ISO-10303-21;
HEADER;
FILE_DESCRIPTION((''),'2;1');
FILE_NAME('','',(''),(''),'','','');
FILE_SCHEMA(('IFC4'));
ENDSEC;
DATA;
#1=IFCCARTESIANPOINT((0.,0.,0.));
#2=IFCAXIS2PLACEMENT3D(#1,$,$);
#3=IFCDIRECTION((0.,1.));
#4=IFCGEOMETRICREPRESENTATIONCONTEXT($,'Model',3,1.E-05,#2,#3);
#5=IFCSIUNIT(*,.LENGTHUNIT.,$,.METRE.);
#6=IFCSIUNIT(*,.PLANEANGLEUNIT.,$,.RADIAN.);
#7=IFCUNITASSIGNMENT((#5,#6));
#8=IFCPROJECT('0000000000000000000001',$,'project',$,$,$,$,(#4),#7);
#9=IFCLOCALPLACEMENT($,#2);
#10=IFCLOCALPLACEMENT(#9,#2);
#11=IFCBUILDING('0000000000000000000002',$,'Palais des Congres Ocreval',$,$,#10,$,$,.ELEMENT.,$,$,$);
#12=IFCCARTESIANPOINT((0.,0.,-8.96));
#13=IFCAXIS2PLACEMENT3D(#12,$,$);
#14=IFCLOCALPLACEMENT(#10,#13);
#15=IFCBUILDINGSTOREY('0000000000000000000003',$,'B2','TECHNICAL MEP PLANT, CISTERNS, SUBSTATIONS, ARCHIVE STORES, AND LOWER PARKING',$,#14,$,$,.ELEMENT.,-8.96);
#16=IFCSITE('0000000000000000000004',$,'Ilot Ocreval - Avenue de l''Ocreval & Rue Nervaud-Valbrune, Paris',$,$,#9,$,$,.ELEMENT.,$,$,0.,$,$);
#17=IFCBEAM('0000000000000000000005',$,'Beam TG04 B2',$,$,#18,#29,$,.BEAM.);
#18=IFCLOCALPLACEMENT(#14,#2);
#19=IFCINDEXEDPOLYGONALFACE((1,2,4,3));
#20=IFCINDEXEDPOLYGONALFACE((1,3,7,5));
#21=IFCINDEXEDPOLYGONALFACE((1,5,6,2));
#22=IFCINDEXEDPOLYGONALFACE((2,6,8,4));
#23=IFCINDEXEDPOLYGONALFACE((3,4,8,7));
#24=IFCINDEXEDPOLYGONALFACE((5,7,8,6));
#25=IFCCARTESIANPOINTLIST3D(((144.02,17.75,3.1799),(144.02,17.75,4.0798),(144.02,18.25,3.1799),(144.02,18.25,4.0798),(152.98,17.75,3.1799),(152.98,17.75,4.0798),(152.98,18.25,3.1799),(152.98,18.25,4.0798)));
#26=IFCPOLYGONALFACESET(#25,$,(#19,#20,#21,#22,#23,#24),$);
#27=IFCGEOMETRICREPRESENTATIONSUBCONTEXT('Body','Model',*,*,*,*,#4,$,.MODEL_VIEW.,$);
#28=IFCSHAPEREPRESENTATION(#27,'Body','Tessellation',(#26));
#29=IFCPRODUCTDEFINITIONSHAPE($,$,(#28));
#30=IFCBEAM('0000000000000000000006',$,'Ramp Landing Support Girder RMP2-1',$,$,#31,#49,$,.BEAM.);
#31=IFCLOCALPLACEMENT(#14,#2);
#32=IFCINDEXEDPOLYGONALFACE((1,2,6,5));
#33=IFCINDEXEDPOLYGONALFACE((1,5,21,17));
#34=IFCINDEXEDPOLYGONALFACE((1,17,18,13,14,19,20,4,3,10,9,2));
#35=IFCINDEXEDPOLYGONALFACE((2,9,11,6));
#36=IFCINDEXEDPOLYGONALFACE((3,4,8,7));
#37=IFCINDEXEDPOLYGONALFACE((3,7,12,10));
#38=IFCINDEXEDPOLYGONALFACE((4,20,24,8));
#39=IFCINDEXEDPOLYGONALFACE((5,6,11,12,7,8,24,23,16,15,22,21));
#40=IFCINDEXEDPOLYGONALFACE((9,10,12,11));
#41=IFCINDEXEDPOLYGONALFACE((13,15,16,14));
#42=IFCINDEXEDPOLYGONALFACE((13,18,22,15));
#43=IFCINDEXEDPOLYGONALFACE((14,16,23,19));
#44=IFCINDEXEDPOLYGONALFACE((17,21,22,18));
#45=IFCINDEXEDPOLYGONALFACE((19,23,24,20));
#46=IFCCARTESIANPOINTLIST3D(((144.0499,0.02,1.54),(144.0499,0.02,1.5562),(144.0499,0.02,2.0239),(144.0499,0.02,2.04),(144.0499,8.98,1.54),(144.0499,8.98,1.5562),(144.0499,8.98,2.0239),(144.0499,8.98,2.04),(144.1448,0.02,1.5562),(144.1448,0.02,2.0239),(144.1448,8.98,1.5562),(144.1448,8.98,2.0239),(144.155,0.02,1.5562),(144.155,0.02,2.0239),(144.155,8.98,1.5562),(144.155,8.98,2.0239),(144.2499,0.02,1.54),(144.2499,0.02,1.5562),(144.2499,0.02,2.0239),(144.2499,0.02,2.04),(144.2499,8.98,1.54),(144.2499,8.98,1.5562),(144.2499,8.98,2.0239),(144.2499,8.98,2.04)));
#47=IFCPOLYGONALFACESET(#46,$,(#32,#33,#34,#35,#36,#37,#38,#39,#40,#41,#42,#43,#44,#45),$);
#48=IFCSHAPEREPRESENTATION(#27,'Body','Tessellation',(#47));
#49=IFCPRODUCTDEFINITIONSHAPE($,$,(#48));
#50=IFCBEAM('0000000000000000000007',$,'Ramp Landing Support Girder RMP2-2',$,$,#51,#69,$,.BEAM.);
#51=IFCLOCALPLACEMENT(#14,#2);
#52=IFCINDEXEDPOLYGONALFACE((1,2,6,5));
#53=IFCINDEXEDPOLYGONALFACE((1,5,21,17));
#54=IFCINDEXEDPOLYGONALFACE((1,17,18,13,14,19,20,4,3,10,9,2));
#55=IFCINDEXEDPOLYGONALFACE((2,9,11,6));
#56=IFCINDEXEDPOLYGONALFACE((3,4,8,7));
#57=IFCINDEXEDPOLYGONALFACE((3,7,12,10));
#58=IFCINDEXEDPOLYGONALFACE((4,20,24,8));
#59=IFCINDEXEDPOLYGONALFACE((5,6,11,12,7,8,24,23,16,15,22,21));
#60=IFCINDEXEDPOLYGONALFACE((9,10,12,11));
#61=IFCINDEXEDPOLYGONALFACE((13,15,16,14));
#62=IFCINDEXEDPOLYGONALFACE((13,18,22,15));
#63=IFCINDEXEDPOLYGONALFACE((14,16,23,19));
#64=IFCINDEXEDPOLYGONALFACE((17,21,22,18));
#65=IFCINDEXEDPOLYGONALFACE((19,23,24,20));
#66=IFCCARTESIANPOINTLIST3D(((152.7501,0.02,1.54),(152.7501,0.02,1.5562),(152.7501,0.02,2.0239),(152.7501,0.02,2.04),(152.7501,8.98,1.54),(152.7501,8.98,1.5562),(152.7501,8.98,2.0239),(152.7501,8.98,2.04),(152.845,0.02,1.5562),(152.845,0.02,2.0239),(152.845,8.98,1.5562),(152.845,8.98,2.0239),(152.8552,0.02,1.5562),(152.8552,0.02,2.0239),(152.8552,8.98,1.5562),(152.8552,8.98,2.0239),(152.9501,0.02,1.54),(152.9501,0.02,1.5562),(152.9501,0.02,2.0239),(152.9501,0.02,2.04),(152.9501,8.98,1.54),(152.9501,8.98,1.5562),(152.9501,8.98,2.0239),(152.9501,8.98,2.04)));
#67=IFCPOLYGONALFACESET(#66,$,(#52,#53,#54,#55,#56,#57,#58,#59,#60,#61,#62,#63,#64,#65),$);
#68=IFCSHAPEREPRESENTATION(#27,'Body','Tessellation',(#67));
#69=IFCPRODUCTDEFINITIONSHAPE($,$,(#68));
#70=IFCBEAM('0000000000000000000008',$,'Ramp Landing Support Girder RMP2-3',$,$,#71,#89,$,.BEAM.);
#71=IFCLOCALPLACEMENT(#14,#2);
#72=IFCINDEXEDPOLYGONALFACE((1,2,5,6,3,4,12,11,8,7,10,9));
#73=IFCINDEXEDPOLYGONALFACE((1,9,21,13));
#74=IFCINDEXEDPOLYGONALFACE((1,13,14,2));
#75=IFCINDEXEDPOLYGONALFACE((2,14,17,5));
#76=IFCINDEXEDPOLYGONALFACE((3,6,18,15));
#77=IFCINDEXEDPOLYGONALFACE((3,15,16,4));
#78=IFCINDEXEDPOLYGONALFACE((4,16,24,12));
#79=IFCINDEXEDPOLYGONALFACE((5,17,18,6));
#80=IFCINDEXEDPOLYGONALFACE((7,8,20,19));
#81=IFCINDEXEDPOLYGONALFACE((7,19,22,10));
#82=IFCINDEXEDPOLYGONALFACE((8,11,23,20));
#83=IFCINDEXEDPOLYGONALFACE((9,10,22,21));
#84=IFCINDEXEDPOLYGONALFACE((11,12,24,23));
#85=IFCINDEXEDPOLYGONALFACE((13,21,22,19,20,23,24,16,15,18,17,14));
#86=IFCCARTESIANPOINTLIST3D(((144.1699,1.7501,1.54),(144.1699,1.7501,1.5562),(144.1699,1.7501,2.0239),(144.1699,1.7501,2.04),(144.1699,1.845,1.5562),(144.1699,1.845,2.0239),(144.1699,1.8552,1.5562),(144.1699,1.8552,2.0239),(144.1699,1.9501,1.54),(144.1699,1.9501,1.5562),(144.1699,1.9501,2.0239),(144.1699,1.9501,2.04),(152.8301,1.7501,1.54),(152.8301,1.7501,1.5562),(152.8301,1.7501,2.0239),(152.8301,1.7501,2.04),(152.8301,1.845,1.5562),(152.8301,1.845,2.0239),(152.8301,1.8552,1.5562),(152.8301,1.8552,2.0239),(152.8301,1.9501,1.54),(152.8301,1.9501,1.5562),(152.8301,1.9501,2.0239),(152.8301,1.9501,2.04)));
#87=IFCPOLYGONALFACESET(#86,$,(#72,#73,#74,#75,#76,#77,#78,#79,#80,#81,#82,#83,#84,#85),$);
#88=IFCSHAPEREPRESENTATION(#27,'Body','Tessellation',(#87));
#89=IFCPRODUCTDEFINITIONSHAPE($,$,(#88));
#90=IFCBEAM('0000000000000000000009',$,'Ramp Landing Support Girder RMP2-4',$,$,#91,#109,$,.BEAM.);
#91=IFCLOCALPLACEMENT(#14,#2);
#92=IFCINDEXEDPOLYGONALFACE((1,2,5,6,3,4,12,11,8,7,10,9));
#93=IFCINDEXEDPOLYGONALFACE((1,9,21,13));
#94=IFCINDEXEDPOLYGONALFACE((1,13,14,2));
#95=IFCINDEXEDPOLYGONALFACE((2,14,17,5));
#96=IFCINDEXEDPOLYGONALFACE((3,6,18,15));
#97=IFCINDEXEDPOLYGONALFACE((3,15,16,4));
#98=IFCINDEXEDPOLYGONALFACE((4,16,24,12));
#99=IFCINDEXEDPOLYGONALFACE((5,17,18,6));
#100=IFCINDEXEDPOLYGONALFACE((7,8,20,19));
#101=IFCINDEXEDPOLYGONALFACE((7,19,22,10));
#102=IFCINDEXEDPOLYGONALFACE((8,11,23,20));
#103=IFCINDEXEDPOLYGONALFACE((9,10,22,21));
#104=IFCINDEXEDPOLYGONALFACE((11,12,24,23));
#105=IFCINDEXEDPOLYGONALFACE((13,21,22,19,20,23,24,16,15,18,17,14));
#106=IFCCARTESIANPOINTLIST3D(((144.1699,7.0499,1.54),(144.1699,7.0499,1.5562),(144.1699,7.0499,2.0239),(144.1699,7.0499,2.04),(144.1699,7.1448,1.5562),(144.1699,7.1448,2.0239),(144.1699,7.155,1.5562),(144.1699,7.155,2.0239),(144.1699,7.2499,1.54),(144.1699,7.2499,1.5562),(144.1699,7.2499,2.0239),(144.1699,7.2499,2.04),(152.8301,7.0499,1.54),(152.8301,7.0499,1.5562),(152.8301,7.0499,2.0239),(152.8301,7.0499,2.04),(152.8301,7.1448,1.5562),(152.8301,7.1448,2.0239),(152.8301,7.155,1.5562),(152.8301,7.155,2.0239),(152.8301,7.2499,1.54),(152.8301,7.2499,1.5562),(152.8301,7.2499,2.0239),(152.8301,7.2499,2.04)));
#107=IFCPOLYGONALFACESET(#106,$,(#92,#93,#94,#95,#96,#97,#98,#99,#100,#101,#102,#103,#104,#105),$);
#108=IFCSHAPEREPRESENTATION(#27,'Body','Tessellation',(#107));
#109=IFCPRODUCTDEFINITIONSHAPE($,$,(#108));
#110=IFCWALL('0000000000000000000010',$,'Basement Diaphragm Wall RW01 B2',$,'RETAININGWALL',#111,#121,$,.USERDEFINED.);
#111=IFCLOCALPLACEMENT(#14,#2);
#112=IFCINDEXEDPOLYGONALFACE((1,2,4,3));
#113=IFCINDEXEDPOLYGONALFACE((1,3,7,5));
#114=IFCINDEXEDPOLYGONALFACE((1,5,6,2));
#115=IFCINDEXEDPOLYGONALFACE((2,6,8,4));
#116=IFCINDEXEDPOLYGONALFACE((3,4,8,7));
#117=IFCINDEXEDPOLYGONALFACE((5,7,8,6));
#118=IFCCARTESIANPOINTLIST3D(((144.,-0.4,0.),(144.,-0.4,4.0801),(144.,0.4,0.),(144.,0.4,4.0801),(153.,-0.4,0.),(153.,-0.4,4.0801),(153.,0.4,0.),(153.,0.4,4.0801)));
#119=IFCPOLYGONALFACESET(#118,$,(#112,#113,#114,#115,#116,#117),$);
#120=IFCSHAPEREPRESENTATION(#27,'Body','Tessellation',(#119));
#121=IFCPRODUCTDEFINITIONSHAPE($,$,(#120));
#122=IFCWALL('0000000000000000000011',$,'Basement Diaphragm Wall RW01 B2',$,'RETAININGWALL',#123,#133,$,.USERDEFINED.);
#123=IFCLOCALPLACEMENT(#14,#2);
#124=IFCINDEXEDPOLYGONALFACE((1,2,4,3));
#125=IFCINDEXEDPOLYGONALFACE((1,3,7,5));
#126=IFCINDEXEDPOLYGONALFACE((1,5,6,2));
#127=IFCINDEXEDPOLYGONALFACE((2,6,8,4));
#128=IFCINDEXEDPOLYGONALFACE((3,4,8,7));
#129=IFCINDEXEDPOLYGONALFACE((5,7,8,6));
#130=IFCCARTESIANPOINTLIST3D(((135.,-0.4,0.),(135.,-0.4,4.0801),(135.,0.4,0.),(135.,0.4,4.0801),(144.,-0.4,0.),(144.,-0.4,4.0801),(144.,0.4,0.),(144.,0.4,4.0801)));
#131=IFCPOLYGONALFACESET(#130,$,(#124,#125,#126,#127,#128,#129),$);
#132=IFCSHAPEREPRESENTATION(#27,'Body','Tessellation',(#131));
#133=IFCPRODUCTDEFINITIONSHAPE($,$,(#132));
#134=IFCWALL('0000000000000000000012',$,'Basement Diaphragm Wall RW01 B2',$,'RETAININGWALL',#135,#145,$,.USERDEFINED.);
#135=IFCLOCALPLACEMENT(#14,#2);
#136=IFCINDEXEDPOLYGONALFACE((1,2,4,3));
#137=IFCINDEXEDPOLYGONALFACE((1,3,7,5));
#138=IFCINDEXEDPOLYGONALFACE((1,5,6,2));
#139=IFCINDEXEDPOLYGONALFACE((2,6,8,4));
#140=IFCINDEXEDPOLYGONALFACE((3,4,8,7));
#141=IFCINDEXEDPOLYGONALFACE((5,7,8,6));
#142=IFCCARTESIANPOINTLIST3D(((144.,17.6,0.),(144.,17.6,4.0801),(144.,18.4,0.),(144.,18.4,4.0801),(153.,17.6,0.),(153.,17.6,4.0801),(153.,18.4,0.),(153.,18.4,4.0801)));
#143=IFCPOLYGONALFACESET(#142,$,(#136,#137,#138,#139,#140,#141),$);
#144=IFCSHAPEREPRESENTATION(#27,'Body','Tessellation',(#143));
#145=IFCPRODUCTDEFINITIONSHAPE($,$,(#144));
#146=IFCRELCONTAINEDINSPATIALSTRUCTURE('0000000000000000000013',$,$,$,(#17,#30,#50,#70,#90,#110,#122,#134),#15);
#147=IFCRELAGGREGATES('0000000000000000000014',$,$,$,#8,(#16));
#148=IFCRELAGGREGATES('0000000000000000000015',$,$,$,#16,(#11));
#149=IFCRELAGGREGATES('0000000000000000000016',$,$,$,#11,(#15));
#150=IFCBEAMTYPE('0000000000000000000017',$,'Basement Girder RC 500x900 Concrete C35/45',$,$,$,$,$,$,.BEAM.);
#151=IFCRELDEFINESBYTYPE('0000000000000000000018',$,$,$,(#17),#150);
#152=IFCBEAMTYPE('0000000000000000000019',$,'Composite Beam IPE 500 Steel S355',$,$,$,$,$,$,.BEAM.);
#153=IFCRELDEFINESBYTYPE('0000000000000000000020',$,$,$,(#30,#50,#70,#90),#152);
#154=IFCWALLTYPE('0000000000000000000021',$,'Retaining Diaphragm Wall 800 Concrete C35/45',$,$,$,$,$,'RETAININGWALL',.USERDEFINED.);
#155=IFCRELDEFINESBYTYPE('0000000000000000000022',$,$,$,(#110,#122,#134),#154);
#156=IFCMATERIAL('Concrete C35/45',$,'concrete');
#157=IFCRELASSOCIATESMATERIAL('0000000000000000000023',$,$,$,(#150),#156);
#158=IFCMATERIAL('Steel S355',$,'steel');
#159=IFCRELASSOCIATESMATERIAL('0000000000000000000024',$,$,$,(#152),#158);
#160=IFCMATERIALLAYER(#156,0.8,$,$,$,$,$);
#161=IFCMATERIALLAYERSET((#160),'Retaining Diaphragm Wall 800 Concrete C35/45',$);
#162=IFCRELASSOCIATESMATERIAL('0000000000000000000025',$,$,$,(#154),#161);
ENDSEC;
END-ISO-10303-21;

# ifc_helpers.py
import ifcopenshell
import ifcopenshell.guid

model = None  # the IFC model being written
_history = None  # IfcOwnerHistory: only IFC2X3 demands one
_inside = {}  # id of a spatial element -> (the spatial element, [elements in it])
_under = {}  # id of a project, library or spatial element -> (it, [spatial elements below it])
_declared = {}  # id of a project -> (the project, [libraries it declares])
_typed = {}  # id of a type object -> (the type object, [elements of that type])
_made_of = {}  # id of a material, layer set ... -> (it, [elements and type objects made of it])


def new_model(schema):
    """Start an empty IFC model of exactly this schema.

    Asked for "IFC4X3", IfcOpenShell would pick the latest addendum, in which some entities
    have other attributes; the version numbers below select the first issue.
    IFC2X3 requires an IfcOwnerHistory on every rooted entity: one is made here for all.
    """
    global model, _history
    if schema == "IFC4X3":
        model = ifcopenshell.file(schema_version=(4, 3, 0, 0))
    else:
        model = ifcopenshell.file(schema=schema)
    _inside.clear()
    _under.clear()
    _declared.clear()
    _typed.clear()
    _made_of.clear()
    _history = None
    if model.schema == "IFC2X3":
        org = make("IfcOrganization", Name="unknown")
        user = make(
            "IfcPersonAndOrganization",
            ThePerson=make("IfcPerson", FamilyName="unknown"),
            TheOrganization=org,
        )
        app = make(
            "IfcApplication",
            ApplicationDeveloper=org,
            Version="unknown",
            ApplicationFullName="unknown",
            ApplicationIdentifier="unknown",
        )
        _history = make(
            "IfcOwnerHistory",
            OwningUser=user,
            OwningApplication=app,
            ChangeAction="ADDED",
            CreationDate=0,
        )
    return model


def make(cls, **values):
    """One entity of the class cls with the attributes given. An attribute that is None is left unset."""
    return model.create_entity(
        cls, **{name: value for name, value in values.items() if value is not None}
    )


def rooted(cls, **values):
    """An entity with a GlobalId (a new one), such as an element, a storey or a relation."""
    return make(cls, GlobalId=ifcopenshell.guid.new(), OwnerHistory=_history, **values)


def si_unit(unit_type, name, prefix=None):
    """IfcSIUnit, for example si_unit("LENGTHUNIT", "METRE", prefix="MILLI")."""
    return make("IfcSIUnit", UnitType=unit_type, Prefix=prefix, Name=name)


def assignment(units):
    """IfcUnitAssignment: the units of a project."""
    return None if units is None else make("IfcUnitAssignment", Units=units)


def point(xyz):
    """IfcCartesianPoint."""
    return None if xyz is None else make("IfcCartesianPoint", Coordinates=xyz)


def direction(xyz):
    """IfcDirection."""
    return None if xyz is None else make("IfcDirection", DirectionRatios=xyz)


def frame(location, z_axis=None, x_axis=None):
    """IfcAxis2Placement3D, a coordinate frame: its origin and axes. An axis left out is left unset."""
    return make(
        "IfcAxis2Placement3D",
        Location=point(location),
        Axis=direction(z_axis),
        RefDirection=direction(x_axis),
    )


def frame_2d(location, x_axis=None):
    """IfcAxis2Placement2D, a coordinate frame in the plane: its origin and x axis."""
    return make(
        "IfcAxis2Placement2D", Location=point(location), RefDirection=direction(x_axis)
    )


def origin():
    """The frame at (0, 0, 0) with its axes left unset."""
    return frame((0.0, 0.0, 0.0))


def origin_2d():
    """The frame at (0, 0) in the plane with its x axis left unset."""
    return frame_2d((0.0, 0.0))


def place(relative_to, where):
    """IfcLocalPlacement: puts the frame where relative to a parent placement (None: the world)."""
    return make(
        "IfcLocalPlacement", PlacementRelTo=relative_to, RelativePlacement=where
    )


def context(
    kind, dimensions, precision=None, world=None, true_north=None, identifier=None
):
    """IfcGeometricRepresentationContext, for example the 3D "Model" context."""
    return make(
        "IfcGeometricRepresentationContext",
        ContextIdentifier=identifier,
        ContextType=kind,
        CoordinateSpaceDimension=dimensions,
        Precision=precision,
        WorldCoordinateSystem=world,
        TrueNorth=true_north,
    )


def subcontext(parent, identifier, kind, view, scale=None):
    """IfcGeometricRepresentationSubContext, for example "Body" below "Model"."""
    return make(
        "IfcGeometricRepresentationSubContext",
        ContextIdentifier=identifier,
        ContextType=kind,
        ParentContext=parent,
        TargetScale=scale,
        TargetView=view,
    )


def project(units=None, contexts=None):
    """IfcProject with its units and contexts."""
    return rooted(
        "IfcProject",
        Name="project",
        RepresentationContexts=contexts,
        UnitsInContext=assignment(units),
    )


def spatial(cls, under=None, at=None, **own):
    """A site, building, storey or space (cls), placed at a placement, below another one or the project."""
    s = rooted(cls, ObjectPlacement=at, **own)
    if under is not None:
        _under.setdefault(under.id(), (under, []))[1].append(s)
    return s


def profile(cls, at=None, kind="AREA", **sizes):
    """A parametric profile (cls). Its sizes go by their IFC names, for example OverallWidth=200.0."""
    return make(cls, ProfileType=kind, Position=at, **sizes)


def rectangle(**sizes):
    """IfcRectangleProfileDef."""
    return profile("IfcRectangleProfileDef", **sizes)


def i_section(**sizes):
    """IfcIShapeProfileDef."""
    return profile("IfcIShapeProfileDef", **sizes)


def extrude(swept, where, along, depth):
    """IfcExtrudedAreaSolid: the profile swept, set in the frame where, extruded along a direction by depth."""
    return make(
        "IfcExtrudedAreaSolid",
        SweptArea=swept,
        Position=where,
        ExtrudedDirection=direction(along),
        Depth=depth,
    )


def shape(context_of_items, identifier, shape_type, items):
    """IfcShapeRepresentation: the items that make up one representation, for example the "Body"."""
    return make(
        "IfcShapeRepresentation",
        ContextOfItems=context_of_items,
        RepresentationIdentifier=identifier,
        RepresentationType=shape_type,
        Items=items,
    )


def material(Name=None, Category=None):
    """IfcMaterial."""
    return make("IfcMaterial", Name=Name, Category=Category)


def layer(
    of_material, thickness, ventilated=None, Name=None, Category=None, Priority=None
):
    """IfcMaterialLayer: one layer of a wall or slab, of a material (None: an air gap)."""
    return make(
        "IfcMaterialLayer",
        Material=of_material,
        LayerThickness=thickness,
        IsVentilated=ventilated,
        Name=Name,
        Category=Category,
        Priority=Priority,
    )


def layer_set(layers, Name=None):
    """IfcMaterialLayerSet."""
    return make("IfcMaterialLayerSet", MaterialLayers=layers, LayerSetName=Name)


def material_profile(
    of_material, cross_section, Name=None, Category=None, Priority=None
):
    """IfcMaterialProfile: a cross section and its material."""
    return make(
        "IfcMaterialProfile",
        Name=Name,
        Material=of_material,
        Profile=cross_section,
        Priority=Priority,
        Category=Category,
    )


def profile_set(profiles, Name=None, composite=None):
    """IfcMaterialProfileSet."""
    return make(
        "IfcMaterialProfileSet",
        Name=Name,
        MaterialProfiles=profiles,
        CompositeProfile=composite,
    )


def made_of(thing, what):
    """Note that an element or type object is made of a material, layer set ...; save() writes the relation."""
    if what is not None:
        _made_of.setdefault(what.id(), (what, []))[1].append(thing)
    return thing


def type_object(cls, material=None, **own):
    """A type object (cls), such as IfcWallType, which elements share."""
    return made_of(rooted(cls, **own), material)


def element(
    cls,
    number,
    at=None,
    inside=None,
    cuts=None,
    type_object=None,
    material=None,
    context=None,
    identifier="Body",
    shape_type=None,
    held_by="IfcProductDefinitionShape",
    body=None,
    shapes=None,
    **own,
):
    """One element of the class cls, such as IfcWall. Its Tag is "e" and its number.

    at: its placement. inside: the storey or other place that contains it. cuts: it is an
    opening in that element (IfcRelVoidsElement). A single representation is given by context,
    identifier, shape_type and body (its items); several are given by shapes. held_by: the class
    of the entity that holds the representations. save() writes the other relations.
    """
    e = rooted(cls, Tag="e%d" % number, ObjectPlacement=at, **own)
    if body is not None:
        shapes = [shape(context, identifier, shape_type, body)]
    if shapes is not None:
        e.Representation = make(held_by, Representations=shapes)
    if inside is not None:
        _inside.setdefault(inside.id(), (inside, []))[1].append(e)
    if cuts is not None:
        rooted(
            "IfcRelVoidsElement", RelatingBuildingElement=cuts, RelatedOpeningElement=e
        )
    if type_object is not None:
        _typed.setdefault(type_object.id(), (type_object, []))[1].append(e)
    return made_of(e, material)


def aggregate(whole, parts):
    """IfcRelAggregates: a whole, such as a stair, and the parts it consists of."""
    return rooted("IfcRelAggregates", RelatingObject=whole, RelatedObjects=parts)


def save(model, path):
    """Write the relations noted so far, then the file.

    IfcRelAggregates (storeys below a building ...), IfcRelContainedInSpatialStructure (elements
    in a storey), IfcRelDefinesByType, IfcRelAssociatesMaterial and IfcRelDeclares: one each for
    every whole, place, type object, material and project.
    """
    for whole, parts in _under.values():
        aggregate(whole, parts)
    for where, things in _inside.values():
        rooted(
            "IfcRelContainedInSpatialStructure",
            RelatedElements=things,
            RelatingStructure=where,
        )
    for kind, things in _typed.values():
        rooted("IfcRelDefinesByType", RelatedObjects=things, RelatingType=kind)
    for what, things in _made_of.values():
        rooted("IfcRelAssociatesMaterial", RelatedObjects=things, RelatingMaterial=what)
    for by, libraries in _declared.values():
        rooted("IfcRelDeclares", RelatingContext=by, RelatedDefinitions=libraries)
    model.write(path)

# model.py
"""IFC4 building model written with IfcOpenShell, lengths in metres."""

from ifc_helpers import new_model, si_unit, direction, frame, frame_2d, origin, origin_2d, place, context, subcontext, project, spatial, rectangle, i_section, extrude, material, layer, layer_set, material_profile, profile_set, type_object, element, save


model = new_model("IFC4")

# Units and contexts
model_context = context("Model", 3, precision=1e-05, world=origin(), true_north=direction((0.0, 1.0)))
body_context = subcontext(model_context, "Body", "Model", "MODEL_VIEW")
ifc_project = project(units=[si_unit("LENGTHUNIT", "METRE"), si_unit("PLANEANGLEUNIT", "RADIAN")], contexts=[model_context])

# Site, building, storey
site_placement = place(None, origin())
site = spatial("IfcSite", under=ifc_project, at=site_placement, Name="Ilot Ocreval - Avenue de l'Ocreval & Rue Nervaud-Valbrune, Paris", CompositionType="ELEMENT", RefElevation=0.0)
building_placement = place(site_placement, origin())
building = spatial("IfcBuilding", under=site, at=building_placement, Name="Palais des Congres Ocreval", CompositionType="ELEMENT")
storey_placement = place(building_placement, frame((0.0, 0.0, -8.96)))
storey = spatial("IfcBuildingStorey", under=building, at=storey_placement, Name="B2", Description="TECHNICAL MEP PLANT, CISTERNS, SUBSTATIONS, ARCHIVE STORES, AND LOWER PARKING", CompositionType="ELEMENT", Elevation=-8.96)

# Shared definitions
ifc_material_1 = material(Name="Concrete C35/45", Category="concrete")

# Shared definitions
ifc_material_2 = material(Name="Steel S355", Category="steel")

# Beams
ifc_material_profile_1 = material_profile(ifc_material_1, rectangle(XDim=0.5, YDim=0.8999, at=origin_2d()), Name="RC 500x900")
ifc_profile_set_1 = profile_set([ifc_material_profile_1], Name="Concrete C35/45")
beam_type_1 = type_object("IfcBeamType", Name="Basement Girder RC 500x900 Concrete C35/45", PredefinedType="BEAM", material=ifc_profile_set_1)
for number, where, z_axis, x_axis, name in (
    (1, (144.02, 18.0, 3.6299), (1.0, 0.0, 0.0), (0.0, 1.0, 0.0), "Beam TG04 B2"),
):
    element("IfcBeam", number, at=place(storey_placement, frame(where, z_axis=z_axis, x_axis=x_axis)), inside=storey, type_object=beam_type_1, Name=name, PredefinedType="BEAM", context=body_context, shape_type="SweptSolid", body=[
        extrude(rectangle(XDim=0.5, YDim=0.8999, at=origin_2d()), origin(), (0.0, 0.0, 1.0), 8.96),
    ])
ifc_material_profile_2 = material_profile(ifc_material_2, i_section(OverallWidth=0.2, OverallDepth=0.5, WebThickness=0.0103, FlangeThickness=0.0161, at=origin_2d()), Name="IPE 500")
ifc_profile_set_2 = profile_set([ifc_material_profile_2], Name="Steel S355")
beam_type_2 = type_object("IfcBeamType", Name="Composite Beam IPE 500 Steel S355", PredefinedType="BEAM", material=ifc_profile_set_2)
for number, where, z_axis, x_axis, name in (
    (2, (144.1499, 0.02, 1.79), (0.0, 1.0, 0.0), (-1.0, 0.0, 0.0), "Ramp Landing Support Girder RMP2-1"),
    (3, (152.8501, 0.02, 1.79), (0.0, 1.0, 0.0), (-1.0, 0.0, 0.0), "Ramp Landing Support Girder RMP2-2"),
):
    element("IfcBeam", number, at=place(storey_placement, frame(where, z_axis=z_axis, x_axis=x_axis)), inside=storey, type_object=beam_type_2, Name=name, PredefinedType="BEAM", context=body_context, shape_type="SweptSolid", body=[
        extrude(i_section(OverallWidth=0.2, OverallDepth=0.5, WebThickness=0.0103, FlangeThickness=0.0161, at=origin_2d()), origin(), (0.0, 0.0, 1.0), 8.96),
    ])
for number, where, z_axis, x_axis, name in (
    (4, (144.1699, 1.8501, 1.79), (1.0, 0.0, 0.0), (0.0, 1.0, 0.0), "Ramp Landing Support Girder RMP2-3"),
    (5, (144.1699, 7.1499, 1.79), (1.0, 0.0, 0.0), (0.0, 1.0, 0.0), "Ramp Landing Support Girder RMP2-4"),
):
    element("IfcBeam", number, at=place(storey_placement, frame(where, z_axis=z_axis, x_axis=x_axis)), inside=storey, type_object=beam_type_2, Name=name, PredefinedType="BEAM", context=body_context, shape_type="SweptSolid", body=[
        extrude(i_section(OverallWidth=0.2, OverallDepth=0.5, WebThickness=0.0103, FlangeThickness=0.0161, at=origin_2d()), origin(), (0.0, 0.0, 1.0), 8.6602),
    ])

# Walls
ifc_layer = layer(ifc_material_1, 0.8)
ifc_layer_set = layer_set([ifc_layer], Name="Retaining Diaphragm Wall 800 Concrete C35/45")
wall_type = type_object("IfcWallType", Name="Retaining Diaphragm Wall 800 Concrete C35/45", ElementType="RETAININGWALL", PredefinedType="USERDEFINED", material=ifc_layer_set)
for number, where, z_axis, x_axis, name in (
    (6, (153.0, 0.0, 0.0), (0.0, 0.0, 1.0), (-1.0, 0.0, 0.0), "Basement Diaphragm Wall RW01 B2"),
    (7, (144.0, 0.0, 0.0), (0.0, 0.0, 1.0), (-1.0, 0.0, 0.0), "Basement Diaphragm Wall RW01 B2"),
    (8, (144.0, 18.0, 0.0), (0.0, 0.0, 1.0), (1.0, 0.0, 0.0), "Basement Diaphragm Wall RW01 B2"),
):
    element("IfcWall", number, at=place(storey_placement, frame(where, z_axis=z_axis, x_axis=x_axis)), inside=storey, type_object=wall_type, Name=name, ObjectType="RETAININGWALL", PredefinedType="USERDEFINED", context=body_context, shape_type="SweptSolid", body=[
        extrude(rectangle(XDim=9.0, YDim=0.8, at=frame_2d((4.5, 0.0))), origin(), (0.0, 0.0, 1.0), 4.0801),
    ])

save(model, "model.ifc")
